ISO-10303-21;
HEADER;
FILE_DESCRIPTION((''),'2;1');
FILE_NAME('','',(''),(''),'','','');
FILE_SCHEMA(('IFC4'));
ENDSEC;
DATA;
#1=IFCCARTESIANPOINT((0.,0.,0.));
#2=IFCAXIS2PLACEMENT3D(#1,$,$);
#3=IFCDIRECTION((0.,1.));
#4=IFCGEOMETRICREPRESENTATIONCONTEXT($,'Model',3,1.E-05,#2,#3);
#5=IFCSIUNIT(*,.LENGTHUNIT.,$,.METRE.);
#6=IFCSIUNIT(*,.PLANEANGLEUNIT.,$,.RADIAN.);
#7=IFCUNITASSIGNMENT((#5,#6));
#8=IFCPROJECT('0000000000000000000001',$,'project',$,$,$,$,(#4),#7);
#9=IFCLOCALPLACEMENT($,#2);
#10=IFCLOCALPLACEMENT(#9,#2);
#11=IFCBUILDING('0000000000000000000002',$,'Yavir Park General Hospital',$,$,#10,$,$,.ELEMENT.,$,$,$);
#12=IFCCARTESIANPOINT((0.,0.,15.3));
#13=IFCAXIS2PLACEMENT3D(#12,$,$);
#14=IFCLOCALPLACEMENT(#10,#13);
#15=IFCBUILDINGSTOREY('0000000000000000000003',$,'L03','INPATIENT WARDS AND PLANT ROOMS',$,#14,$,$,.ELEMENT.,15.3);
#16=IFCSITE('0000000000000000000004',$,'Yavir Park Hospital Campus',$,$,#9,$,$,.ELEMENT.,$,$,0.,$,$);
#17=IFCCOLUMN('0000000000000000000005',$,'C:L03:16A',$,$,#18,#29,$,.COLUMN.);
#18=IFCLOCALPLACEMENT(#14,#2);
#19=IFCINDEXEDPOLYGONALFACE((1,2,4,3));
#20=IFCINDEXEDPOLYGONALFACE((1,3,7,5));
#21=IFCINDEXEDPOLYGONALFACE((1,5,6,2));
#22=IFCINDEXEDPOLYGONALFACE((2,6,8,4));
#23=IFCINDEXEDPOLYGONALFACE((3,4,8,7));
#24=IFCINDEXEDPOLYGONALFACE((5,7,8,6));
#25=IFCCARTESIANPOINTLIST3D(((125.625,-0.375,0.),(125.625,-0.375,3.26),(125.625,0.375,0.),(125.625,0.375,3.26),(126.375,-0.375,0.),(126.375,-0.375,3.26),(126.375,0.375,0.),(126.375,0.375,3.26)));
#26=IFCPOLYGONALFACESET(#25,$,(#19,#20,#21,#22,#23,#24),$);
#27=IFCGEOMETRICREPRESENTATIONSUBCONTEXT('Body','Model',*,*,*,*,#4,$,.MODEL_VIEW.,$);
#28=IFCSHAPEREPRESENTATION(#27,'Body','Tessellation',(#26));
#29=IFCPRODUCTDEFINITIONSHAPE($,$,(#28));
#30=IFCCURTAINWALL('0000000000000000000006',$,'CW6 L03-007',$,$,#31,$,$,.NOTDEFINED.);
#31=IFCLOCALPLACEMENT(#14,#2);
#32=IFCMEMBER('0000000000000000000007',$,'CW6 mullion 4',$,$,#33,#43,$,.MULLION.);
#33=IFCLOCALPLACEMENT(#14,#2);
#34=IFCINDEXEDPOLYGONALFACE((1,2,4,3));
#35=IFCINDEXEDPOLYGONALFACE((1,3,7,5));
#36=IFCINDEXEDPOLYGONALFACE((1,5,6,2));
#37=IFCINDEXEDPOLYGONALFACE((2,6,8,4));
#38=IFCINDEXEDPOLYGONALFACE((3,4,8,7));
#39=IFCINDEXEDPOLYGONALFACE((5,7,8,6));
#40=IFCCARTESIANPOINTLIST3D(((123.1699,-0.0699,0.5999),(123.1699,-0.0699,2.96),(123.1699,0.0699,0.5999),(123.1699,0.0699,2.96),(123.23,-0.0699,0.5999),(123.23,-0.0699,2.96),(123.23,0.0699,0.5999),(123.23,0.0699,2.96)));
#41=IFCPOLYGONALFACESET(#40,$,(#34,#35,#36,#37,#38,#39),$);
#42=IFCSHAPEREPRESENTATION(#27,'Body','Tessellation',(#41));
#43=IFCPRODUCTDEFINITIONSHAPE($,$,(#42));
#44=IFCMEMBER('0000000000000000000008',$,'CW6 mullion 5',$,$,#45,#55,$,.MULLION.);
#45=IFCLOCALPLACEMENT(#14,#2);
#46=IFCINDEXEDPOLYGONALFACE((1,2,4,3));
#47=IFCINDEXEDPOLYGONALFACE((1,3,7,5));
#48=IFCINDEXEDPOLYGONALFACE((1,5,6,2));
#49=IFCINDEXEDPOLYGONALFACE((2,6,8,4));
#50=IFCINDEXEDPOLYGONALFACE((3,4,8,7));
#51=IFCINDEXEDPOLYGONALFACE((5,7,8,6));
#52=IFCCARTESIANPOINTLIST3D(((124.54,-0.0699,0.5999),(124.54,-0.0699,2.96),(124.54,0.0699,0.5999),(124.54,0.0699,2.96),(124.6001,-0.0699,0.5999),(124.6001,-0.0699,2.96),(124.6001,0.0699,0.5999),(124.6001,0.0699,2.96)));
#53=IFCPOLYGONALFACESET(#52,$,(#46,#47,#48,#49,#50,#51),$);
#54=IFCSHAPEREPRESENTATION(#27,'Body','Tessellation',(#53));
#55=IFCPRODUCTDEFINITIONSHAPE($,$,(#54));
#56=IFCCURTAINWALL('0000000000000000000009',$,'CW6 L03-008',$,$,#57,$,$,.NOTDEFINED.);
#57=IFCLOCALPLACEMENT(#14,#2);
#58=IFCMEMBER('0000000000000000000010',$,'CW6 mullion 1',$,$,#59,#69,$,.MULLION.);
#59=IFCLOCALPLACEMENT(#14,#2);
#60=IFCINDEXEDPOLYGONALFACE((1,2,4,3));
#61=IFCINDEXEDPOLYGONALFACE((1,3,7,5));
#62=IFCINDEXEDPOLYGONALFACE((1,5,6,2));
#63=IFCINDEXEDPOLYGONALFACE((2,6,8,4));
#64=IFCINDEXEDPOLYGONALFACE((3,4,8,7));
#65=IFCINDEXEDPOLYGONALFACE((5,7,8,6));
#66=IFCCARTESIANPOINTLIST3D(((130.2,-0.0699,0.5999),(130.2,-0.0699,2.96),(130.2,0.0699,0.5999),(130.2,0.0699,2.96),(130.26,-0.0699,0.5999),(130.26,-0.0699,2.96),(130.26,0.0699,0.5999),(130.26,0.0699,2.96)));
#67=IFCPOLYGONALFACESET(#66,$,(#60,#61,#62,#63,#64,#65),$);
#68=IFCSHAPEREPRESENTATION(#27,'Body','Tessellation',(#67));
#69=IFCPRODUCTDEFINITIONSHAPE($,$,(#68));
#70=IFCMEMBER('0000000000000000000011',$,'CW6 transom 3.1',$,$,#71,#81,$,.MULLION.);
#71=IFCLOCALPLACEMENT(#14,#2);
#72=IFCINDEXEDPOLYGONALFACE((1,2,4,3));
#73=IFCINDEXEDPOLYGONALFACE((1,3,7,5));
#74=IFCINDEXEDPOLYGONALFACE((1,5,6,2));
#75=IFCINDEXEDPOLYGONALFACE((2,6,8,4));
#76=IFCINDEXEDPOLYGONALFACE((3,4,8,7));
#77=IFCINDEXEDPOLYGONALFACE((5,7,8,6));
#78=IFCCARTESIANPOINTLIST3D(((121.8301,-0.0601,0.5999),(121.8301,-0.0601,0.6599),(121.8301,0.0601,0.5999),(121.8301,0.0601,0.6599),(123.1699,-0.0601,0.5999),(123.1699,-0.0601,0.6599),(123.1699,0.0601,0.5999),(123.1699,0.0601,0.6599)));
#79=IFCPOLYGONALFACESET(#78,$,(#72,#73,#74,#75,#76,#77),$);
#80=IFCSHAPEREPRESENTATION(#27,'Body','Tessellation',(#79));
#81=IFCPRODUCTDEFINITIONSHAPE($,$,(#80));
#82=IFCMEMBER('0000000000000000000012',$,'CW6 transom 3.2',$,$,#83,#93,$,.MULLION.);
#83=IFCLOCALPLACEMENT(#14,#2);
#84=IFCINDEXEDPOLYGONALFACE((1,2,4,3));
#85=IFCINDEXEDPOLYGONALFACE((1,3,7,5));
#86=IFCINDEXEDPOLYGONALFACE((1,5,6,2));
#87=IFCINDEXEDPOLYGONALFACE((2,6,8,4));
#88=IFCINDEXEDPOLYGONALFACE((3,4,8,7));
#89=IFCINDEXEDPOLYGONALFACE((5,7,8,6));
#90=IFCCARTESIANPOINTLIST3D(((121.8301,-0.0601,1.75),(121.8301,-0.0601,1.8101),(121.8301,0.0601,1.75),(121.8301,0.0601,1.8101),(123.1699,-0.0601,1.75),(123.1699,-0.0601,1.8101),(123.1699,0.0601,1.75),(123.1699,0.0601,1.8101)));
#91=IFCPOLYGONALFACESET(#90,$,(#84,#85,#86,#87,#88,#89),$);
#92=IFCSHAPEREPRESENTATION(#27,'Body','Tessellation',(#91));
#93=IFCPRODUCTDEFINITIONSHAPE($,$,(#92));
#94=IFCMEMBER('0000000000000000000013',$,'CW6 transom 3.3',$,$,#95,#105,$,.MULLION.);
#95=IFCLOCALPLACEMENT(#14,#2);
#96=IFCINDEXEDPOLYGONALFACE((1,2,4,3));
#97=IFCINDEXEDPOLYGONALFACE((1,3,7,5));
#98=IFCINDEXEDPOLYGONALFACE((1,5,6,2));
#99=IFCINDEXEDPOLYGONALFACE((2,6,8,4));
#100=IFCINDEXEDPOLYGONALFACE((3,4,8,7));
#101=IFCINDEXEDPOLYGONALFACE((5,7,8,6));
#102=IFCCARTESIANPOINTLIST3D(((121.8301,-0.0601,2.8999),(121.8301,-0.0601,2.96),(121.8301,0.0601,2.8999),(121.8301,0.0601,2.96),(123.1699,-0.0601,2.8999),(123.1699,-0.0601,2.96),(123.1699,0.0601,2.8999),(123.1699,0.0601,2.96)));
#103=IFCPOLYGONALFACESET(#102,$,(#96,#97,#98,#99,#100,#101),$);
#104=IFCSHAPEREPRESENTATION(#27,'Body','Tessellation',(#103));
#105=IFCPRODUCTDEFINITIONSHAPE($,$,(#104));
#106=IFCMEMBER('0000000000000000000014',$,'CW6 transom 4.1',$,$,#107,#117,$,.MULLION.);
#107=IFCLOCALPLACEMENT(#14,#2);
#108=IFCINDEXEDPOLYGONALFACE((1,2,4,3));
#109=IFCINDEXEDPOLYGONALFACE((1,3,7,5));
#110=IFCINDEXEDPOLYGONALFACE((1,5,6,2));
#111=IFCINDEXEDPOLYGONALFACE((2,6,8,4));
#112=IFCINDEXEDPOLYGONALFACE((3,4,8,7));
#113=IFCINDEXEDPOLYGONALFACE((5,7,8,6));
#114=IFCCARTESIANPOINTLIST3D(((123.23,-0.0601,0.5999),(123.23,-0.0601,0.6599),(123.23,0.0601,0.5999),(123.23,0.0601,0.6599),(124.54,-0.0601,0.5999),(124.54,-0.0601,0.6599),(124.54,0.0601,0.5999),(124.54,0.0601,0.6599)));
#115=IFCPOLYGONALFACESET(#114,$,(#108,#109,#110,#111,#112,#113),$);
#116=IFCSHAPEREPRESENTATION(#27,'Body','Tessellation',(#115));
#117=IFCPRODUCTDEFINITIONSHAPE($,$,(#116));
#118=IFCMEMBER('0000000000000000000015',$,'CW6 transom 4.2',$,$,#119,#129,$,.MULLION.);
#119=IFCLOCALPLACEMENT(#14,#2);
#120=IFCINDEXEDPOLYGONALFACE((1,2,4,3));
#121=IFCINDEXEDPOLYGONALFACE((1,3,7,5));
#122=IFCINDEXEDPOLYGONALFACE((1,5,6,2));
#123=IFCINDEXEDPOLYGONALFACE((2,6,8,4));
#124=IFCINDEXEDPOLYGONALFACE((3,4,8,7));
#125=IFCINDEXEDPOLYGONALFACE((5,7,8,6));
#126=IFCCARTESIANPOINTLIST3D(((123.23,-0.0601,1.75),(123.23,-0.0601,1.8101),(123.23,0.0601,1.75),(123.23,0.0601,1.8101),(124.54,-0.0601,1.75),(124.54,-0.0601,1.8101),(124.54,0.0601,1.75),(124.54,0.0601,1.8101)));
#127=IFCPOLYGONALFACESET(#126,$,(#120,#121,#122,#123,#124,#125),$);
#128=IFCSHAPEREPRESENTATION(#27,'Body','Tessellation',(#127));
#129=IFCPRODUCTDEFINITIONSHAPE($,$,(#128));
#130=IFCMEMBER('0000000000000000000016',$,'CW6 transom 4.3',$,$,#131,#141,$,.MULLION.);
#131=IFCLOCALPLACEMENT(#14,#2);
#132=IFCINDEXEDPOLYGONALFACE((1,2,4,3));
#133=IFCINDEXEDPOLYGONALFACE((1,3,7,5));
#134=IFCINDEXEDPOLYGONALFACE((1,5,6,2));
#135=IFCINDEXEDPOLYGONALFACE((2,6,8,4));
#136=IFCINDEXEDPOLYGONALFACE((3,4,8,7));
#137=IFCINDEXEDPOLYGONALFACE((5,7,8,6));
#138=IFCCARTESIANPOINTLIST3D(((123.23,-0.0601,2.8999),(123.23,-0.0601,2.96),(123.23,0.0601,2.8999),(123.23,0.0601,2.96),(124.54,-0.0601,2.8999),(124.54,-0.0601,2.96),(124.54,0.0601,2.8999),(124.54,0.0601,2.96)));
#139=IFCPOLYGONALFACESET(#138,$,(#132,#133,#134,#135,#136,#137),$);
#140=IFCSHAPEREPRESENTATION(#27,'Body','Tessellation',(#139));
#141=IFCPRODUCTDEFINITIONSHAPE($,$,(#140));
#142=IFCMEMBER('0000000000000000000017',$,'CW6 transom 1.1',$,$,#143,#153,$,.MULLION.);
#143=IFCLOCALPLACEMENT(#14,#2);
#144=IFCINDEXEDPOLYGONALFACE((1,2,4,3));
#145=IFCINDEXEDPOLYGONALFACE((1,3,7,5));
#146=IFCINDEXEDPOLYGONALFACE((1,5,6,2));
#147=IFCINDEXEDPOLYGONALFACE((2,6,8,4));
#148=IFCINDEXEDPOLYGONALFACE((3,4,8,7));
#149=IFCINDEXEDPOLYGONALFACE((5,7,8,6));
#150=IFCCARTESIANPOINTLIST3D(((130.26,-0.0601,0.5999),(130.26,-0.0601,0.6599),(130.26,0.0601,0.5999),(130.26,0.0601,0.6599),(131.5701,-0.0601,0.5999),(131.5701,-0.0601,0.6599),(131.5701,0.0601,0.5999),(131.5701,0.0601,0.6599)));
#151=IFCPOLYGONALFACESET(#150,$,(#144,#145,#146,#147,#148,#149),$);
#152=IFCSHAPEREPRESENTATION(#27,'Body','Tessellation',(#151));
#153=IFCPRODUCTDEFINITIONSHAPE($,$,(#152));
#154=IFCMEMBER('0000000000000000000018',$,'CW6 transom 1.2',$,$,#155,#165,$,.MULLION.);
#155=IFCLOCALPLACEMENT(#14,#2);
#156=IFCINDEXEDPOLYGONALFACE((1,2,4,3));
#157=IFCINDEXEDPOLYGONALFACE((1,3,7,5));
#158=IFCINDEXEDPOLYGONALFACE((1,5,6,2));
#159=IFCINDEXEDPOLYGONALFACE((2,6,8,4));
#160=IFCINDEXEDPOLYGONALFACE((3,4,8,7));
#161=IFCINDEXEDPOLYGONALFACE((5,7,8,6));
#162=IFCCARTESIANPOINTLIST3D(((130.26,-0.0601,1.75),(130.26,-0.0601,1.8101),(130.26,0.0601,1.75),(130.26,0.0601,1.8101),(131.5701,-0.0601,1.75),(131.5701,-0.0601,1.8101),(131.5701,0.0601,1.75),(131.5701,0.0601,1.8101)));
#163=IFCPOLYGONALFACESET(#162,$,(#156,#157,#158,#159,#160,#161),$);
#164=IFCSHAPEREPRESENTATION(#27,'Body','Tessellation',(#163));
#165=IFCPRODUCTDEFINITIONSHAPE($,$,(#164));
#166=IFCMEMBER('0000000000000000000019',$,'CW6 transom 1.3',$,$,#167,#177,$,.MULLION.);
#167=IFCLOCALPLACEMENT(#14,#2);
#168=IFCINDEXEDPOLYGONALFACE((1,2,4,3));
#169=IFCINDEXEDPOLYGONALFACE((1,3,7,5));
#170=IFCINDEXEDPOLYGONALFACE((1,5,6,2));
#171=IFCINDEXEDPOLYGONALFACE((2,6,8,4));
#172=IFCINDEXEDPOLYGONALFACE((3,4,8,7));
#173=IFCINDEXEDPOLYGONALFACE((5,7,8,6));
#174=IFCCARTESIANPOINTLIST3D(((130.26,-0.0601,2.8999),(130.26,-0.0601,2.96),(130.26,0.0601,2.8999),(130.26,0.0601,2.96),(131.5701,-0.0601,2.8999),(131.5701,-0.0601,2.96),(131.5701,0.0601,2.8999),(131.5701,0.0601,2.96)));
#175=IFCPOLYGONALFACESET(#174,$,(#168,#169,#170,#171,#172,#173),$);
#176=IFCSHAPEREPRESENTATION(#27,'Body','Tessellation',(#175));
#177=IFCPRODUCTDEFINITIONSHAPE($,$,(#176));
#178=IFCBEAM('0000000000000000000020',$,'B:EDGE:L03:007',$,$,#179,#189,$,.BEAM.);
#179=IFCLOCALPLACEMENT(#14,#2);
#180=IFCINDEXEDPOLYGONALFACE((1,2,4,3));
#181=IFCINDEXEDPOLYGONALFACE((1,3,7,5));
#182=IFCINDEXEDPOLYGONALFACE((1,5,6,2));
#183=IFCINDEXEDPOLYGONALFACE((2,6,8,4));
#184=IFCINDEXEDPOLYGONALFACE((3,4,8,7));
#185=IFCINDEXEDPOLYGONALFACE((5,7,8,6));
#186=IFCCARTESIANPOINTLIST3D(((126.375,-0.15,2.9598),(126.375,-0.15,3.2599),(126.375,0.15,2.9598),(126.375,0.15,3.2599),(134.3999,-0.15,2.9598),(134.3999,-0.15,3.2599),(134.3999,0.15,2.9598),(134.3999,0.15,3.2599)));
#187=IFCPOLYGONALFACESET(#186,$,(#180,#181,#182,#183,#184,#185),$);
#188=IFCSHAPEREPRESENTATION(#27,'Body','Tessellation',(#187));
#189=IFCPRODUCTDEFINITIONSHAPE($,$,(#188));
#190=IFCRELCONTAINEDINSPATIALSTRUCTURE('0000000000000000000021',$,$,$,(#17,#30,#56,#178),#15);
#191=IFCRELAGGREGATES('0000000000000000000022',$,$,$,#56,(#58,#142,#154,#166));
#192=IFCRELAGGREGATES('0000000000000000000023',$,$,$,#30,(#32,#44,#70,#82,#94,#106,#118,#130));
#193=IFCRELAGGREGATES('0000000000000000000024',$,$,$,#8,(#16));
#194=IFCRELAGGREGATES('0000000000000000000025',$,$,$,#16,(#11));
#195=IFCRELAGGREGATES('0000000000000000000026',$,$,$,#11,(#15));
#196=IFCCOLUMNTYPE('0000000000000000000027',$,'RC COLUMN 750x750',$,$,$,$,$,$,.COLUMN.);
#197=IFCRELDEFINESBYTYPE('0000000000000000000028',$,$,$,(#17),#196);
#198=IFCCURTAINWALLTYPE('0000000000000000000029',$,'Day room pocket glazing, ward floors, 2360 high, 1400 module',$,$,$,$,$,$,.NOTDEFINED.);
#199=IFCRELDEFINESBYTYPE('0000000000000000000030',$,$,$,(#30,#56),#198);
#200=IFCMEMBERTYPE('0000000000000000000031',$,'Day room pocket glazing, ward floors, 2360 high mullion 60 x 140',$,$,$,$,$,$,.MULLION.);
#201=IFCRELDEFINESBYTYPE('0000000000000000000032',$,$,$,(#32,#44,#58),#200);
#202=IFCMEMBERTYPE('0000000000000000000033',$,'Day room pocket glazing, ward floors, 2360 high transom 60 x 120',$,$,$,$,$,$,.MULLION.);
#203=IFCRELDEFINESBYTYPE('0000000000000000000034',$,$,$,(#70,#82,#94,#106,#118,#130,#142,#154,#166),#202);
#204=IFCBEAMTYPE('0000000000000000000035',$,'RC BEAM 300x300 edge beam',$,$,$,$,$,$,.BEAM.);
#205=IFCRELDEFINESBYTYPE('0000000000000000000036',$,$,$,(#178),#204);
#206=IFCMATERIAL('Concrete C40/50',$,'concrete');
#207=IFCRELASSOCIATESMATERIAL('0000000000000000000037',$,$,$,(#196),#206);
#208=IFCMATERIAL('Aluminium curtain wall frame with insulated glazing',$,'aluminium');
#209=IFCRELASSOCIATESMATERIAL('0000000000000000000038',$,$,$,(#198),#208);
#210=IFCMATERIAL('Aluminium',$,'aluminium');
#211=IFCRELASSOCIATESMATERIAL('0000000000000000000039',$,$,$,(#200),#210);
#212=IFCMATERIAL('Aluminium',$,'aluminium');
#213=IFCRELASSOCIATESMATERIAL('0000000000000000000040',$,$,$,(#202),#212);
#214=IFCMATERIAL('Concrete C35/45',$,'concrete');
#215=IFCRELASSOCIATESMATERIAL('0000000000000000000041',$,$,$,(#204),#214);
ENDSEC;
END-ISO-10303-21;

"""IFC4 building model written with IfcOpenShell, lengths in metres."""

from ifc_helpers import new_model, si_unit, direction, frame, origin, origin_2d, place, context, subcontext, project, spatial, rectangle, extrude, material, material_profile, profile_set, type_object, element, aggregate, save


model = new_model("IFC4")

# Units and contexts
model_context = context("Model", 3, precision=1e-05, world=origin(), true_north=direction((0.0, 1.0)))
body_context = subcontext(model_context, "Body", "Model", "MODEL_VIEW")
ifc_project = project(units=[si_unit("LENGTHUNIT", "METRE"), si_unit("PLANEANGLEUNIT", "RADIAN")], contexts=[model_context])

# Site, building, storey
site_placement = place(None, origin())
site = spatial("IfcSite", under=ifc_project, at=site_placement, Name="Yavir Park Hospital Campus", CompositionType="ELEMENT", RefElevation=0.0)
building_placement = place(site_placement, origin())
building = spatial("IfcBuilding", under=site, at=building_placement, Name="Yavir Park General Hospital", CompositionType="ELEMENT")
storey_placement = place(building_placement, frame((0.0, 0.0, 15.3)))
storey = spatial("IfcBuildingStorey", under=building, at=storey_placement, Name="L03", Description="INPATIENT WARDS AND PLANT ROOMS", CompositionType="ELEMENT", Elevation=15.3)

# Column
ifc_material_1 = material(Name="Concrete C40/50", Category="concrete")
ifc_material_profile_1 = material_profile(ifc_material_1, rectangle(XDim=0.75, YDim=0.75, at=origin_2d()), Name="RC750x750")
ifc_profile_set_1 = profile_set([ifc_material_profile_1], Name="Concrete C40/50")
column_type = type_object("IfcColumnType", Name="RC COLUMN 750x750", PredefinedType="COLUMN", material=ifc_profile_set_1)
column_placement = place(storey_placement, frame((126.0, 0.0, 0.0), z_axis=(0.0, 0.0, 1.0), x_axis=(1.0, 0.0, 0.0)))
element("IfcColumn", 1, at=column_placement, inside=storey, type_object=column_type, Name="C:L03:16A", PredefinedType="COLUMN", context=body_context, shape_type="SweptSolid", body=[
    extrude(rectangle(XDim=0.75, YDim=0.75, at=origin_2d()), origin(), (0.0, 0.0, 1.0), 3.26),
])

# Curtain wall, members
ifc_material_2 = material(Name="Aluminium curtain wall frame with insulated glazing", Category="aluminium")
curtain_wall_type = type_object("IfcCurtainWallType", Name="Day room pocket glazing, ward floors, 2360 high, 1400 module", PredefinedType="NOTDEFINED", material=ifc_material_2)
curtain_wall_1_placement = place(storey_placement, origin())
curtain_wall_1 = element("IfcCurtainWall", 2, at=curtain_wall_1_placement, inside=storey, type_object=curtain_wall_type, Name="CW6 L03-007", PredefinedType="NOTDEFINED")
ifc_material_3 = material(Name="Aluminium", Category="aluminium")
ifc_material_profile_2 = material_profile(ifc_material_3, rectangle(XDim=0.1399, YDim=0.0601, at=origin_2d()), Name="AL 60x140")
ifc_profile_set_2 = profile_set([ifc_material_profile_2], Name="Aluminium")
member_type_1 = type_object("IfcMemberType", Name="Day room pocket glazing, ward floors, 2360 high mullion 60 x 140", PredefinedType="MULLION", material=ifc_profile_set_2)
member_1_placement = place(storey_placement, frame((123.2, 0.0, 0.5999), z_axis=(0.0, 0.0, 1.0), x_axis=(0.0, 1.0, 0.0)))
member_1 = element("IfcMember", 3, at=member_1_placement, type_object=member_type_1, Name="CW6 mullion 4", PredefinedType="MULLION", context=body_context, shape_type="SweptSolid", body=[
    extrude(rectangle(XDim=0.1399, YDim=0.0601, at=origin_2d()), origin(), (0.0, 0.0, 1.0), 2.3601),
])
member_2_placement = place(storey_placement, frame((124.5701, 0.0, 0.5999), z_axis=(0.0, 0.0, 1.0), x_axis=(0.0, 1.0, 0.0)))
member_2 = element("IfcMember", 4, at=member_2_placement, type_object=member_type_1, Name="CW6 mullion 5", PredefinedType="MULLION", context=body_context, shape_type="SweptSolid", body=[
    extrude(rectangle(XDim=0.1399, YDim=0.0601, at=origin_2d()), origin(), (0.0, 0.0, 1.0), 2.3601),
])

# Curtain wall, member
curtain_wall_2_placement = place(storey_placement, origin())
curtain_wall_2 = element("IfcCurtainWall", 5, at=curtain_wall_2_placement, inside=storey, type_object=curtain_wall_type, Name="CW6 L03-008", PredefinedType="NOTDEFINED")
member_3_placement = place(storey_placement, frame((130.23, 0.0, 0.5999), z_axis=(0.0, 0.0, 1.0), x_axis=(0.0, 1.0, 0.0)))
member_3 = element("IfcMember", 6, at=member_3_placement, type_object=member_type_1, Name="CW6 mullion 1", PredefinedType="MULLION", context=body_context, shape_type="SweptSolid", body=[
    extrude(rectangle(XDim=0.1399, YDim=0.0601, at=origin_2d()), origin(), (0.0, 0.0, 1.0), 2.3601),
])

# Members
ifc_material_4 = material(Name="Aluminium", Category="aluminium")
ifc_material_profile_3 = material_profile(ifc_material_4, rectangle(XDim=0.1201, YDim=0.0601, at=origin_2d()), Name="AL 120x60")
ifc_profile_set_3 = profile_set([ifc_material_profile_3], Name="Aluminium")
member_type_2 = type_object("IfcMemberType", Name="Day room pocket glazing, ward floors, 2360 high transom 60 x 120", PredefinedType="MULLION", material=ifc_profile_set_3)
member_4_placement = place(storey_placement, frame((121.8301, 0.0, 0.6299), z_axis=(1.0, 0.0, 0.0), x_axis=(0.0, 1.0, 0.0)))
member_4 = element("IfcMember", 7, at=member_4_placement, type_object=member_type_2, Name="CW6 transom 3.1", PredefinedType="MULLION", context=body_context, shape_type="SweptSolid", body=[
    extrude(rectangle(XDim=0.1201, YDim=0.0601, at=origin_2d()), origin(), (0.0, 0.0, 1.0), 1.3398),
])
member_5_placement = place(storey_placement, frame((121.8301, 0.0, 1.78), z_axis=(1.0, 0.0, 0.0), x_axis=(0.0, 1.0, 0.0)))
member_5 = element("IfcMember", 8, at=member_5_placement, type_object=member_type_2, Name="CW6 transom 3.2", PredefinedType="MULLION", context=body_context, shape_type="SweptSolid", body=[
    extrude(rectangle(XDim=0.1201, YDim=0.0601, at=origin_2d()), origin(), (0.0, 0.0, 1.0), 1.3398),
])
member_6_placement = place(storey_placement, frame((121.8301, 0.0, 2.9299), z_axis=(1.0, 0.0, 0.0), x_axis=(0.0, 1.0, 0.0)))
member_6 = element("IfcMember", 9, at=member_6_placement, type_object=member_type_2, Name="CW6 transom 3.3", PredefinedType="MULLION", context=body_context, shape_type="SweptSolid", body=[
    extrude(rectangle(XDim=0.1201, YDim=0.0601, at=origin_2d()), origin(), (0.0, 0.0, 1.0), 1.3398),
])
member_7_placement = place(storey_placement, frame((123.23, 0.0, 0.6299), z_axis=(1.0, 0.0, 0.0), x_axis=(0.0, 1.0, 0.0)))
member_7 = element("IfcMember", 10, at=member_7_placement, type_object=member_type_2, Name="CW6 transom 4.1", PredefinedType="MULLION", context=body_context, shape_type="SweptSolid", body=[
    extrude(rectangle(XDim=0.1201, YDim=0.0601, at=origin_2d()), origin(), (0.0, 0.0, 1.0), 1.3101),
])
member_8_placement = place(storey_placement, frame((123.23, 0.0, 1.78), z_axis=(1.0, 0.0, 0.0), x_axis=(0.0, 1.0, 0.0)))
member_8 = element("IfcMember", 11, at=member_8_placement, type_object=member_type_2, Name="CW6 transom 4.2", PredefinedType="MULLION", context=body_context, shape_type="SweptSolid", body=[
    extrude(rectangle(XDim=0.1201, YDim=0.0601, at=origin_2d()), origin(), (0.0, 0.0, 1.0), 1.3101),
])
member_9_placement = place(storey_placement, frame((123.23, 0.0, 2.9299), z_axis=(1.0, 0.0, 0.0), x_axis=(0.0, 1.0, 0.0)))
member_9 = element("IfcMember", 12, at=member_9_placement, type_object=member_type_2, Name="CW6 transom 4.3", PredefinedType="MULLION", context=body_context, shape_type="SweptSolid", body=[
    extrude(rectangle(XDim=0.1201, YDim=0.0601, at=origin_2d()), origin(), (0.0, 0.0, 1.0), 1.3101),
])
member_10_placement = place(storey_placement, frame((130.26, 0.0, 0.6299), z_axis=(1.0, 0.0, 0.0), x_axis=(0.0, 1.0, 0.0)))
member_10 = element("IfcMember", 13, at=member_10_placement, type_object=member_type_2, Name="CW6 transom 1.1", PredefinedType="MULLION", context=body_context, shape_type="SweptSolid", body=[
    extrude(rectangle(XDim=0.1201, YDim=0.0601, at=origin_2d()), origin(), (0.0, 0.0, 1.0), 1.3101),
])
member_11_placement = place(storey_placement, frame((130.26, 0.0, 1.78), z_axis=(1.0, 0.0, 0.0), x_axis=(0.0, 1.0, 0.0)))
member_11 = element("IfcMember", 14, at=member_11_placement, type_object=member_type_2, Name="CW6 transom 1.2", PredefinedType="MULLION", context=body_context, shape_type="SweptSolid", body=[
    extrude(rectangle(XDim=0.1201, YDim=0.0601, at=origin_2d()), origin(), (0.0, 0.0, 1.0), 1.3101),
])
member_12_placement = place(storey_placement, frame((130.26, 0.0, 2.9299), z_axis=(1.0, 0.0, 0.0), x_axis=(0.0, 1.0, 0.0)))
member_12 = element("IfcMember", 15, at=member_12_placement, type_object=member_type_2, Name="CW6 transom 1.3", PredefinedType="MULLION", context=body_context, shape_type="SweptSolid", body=[
    extrude(rectangle(XDim=0.1201, YDim=0.0601, at=origin_2d()), origin(), (0.0, 0.0, 1.0), 1.3101),
])
aggregate(curtain_wall_2, [member_3, member_10, member_11, member_12])

# Beam
ifc_material_5 = material(Name="Concrete C35/45", Category="concrete")
ifc_material_profile_4 = material_profile(ifc_material_5, rectangle(XDim=0.3, YDim=0.3, at=origin_2d()), Name="RC300x300")
ifc_profile_set_4 = profile_set([ifc_material_profile_4], Name="Concrete C35/45")
beam_type = type_object("IfcBeamType", Name="RC BEAM 300x300 edge beam", PredefinedType="BEAM", material=ifc_profile_set_4)
beam_placement = place(storey_placement, frame((126.375, 0.0, 3.1099), z_axis=(1.0, 0.0, 0.0), x_axis=(0.0, 1.0, 0.0)))
element("IfcBeam", 16, at=beam_placement, inside=storey, type_object=beam_type, Name="B:EDGE:L03:007", PredefinedType="BEAM", context=body_context, shape_type="SweptSolid", body=[
    extrude(rectangle(XDim=0.3, YDim=0.3, at=origin_2d()), origin(), (0.0, 0.0, 1.0), 8.0249),
])

aggregate(curtain_wall_1, [member_1, member_2, member_4, member_5, member_6, member_7, member_8, member_9])

save(model, "model.ifc")
